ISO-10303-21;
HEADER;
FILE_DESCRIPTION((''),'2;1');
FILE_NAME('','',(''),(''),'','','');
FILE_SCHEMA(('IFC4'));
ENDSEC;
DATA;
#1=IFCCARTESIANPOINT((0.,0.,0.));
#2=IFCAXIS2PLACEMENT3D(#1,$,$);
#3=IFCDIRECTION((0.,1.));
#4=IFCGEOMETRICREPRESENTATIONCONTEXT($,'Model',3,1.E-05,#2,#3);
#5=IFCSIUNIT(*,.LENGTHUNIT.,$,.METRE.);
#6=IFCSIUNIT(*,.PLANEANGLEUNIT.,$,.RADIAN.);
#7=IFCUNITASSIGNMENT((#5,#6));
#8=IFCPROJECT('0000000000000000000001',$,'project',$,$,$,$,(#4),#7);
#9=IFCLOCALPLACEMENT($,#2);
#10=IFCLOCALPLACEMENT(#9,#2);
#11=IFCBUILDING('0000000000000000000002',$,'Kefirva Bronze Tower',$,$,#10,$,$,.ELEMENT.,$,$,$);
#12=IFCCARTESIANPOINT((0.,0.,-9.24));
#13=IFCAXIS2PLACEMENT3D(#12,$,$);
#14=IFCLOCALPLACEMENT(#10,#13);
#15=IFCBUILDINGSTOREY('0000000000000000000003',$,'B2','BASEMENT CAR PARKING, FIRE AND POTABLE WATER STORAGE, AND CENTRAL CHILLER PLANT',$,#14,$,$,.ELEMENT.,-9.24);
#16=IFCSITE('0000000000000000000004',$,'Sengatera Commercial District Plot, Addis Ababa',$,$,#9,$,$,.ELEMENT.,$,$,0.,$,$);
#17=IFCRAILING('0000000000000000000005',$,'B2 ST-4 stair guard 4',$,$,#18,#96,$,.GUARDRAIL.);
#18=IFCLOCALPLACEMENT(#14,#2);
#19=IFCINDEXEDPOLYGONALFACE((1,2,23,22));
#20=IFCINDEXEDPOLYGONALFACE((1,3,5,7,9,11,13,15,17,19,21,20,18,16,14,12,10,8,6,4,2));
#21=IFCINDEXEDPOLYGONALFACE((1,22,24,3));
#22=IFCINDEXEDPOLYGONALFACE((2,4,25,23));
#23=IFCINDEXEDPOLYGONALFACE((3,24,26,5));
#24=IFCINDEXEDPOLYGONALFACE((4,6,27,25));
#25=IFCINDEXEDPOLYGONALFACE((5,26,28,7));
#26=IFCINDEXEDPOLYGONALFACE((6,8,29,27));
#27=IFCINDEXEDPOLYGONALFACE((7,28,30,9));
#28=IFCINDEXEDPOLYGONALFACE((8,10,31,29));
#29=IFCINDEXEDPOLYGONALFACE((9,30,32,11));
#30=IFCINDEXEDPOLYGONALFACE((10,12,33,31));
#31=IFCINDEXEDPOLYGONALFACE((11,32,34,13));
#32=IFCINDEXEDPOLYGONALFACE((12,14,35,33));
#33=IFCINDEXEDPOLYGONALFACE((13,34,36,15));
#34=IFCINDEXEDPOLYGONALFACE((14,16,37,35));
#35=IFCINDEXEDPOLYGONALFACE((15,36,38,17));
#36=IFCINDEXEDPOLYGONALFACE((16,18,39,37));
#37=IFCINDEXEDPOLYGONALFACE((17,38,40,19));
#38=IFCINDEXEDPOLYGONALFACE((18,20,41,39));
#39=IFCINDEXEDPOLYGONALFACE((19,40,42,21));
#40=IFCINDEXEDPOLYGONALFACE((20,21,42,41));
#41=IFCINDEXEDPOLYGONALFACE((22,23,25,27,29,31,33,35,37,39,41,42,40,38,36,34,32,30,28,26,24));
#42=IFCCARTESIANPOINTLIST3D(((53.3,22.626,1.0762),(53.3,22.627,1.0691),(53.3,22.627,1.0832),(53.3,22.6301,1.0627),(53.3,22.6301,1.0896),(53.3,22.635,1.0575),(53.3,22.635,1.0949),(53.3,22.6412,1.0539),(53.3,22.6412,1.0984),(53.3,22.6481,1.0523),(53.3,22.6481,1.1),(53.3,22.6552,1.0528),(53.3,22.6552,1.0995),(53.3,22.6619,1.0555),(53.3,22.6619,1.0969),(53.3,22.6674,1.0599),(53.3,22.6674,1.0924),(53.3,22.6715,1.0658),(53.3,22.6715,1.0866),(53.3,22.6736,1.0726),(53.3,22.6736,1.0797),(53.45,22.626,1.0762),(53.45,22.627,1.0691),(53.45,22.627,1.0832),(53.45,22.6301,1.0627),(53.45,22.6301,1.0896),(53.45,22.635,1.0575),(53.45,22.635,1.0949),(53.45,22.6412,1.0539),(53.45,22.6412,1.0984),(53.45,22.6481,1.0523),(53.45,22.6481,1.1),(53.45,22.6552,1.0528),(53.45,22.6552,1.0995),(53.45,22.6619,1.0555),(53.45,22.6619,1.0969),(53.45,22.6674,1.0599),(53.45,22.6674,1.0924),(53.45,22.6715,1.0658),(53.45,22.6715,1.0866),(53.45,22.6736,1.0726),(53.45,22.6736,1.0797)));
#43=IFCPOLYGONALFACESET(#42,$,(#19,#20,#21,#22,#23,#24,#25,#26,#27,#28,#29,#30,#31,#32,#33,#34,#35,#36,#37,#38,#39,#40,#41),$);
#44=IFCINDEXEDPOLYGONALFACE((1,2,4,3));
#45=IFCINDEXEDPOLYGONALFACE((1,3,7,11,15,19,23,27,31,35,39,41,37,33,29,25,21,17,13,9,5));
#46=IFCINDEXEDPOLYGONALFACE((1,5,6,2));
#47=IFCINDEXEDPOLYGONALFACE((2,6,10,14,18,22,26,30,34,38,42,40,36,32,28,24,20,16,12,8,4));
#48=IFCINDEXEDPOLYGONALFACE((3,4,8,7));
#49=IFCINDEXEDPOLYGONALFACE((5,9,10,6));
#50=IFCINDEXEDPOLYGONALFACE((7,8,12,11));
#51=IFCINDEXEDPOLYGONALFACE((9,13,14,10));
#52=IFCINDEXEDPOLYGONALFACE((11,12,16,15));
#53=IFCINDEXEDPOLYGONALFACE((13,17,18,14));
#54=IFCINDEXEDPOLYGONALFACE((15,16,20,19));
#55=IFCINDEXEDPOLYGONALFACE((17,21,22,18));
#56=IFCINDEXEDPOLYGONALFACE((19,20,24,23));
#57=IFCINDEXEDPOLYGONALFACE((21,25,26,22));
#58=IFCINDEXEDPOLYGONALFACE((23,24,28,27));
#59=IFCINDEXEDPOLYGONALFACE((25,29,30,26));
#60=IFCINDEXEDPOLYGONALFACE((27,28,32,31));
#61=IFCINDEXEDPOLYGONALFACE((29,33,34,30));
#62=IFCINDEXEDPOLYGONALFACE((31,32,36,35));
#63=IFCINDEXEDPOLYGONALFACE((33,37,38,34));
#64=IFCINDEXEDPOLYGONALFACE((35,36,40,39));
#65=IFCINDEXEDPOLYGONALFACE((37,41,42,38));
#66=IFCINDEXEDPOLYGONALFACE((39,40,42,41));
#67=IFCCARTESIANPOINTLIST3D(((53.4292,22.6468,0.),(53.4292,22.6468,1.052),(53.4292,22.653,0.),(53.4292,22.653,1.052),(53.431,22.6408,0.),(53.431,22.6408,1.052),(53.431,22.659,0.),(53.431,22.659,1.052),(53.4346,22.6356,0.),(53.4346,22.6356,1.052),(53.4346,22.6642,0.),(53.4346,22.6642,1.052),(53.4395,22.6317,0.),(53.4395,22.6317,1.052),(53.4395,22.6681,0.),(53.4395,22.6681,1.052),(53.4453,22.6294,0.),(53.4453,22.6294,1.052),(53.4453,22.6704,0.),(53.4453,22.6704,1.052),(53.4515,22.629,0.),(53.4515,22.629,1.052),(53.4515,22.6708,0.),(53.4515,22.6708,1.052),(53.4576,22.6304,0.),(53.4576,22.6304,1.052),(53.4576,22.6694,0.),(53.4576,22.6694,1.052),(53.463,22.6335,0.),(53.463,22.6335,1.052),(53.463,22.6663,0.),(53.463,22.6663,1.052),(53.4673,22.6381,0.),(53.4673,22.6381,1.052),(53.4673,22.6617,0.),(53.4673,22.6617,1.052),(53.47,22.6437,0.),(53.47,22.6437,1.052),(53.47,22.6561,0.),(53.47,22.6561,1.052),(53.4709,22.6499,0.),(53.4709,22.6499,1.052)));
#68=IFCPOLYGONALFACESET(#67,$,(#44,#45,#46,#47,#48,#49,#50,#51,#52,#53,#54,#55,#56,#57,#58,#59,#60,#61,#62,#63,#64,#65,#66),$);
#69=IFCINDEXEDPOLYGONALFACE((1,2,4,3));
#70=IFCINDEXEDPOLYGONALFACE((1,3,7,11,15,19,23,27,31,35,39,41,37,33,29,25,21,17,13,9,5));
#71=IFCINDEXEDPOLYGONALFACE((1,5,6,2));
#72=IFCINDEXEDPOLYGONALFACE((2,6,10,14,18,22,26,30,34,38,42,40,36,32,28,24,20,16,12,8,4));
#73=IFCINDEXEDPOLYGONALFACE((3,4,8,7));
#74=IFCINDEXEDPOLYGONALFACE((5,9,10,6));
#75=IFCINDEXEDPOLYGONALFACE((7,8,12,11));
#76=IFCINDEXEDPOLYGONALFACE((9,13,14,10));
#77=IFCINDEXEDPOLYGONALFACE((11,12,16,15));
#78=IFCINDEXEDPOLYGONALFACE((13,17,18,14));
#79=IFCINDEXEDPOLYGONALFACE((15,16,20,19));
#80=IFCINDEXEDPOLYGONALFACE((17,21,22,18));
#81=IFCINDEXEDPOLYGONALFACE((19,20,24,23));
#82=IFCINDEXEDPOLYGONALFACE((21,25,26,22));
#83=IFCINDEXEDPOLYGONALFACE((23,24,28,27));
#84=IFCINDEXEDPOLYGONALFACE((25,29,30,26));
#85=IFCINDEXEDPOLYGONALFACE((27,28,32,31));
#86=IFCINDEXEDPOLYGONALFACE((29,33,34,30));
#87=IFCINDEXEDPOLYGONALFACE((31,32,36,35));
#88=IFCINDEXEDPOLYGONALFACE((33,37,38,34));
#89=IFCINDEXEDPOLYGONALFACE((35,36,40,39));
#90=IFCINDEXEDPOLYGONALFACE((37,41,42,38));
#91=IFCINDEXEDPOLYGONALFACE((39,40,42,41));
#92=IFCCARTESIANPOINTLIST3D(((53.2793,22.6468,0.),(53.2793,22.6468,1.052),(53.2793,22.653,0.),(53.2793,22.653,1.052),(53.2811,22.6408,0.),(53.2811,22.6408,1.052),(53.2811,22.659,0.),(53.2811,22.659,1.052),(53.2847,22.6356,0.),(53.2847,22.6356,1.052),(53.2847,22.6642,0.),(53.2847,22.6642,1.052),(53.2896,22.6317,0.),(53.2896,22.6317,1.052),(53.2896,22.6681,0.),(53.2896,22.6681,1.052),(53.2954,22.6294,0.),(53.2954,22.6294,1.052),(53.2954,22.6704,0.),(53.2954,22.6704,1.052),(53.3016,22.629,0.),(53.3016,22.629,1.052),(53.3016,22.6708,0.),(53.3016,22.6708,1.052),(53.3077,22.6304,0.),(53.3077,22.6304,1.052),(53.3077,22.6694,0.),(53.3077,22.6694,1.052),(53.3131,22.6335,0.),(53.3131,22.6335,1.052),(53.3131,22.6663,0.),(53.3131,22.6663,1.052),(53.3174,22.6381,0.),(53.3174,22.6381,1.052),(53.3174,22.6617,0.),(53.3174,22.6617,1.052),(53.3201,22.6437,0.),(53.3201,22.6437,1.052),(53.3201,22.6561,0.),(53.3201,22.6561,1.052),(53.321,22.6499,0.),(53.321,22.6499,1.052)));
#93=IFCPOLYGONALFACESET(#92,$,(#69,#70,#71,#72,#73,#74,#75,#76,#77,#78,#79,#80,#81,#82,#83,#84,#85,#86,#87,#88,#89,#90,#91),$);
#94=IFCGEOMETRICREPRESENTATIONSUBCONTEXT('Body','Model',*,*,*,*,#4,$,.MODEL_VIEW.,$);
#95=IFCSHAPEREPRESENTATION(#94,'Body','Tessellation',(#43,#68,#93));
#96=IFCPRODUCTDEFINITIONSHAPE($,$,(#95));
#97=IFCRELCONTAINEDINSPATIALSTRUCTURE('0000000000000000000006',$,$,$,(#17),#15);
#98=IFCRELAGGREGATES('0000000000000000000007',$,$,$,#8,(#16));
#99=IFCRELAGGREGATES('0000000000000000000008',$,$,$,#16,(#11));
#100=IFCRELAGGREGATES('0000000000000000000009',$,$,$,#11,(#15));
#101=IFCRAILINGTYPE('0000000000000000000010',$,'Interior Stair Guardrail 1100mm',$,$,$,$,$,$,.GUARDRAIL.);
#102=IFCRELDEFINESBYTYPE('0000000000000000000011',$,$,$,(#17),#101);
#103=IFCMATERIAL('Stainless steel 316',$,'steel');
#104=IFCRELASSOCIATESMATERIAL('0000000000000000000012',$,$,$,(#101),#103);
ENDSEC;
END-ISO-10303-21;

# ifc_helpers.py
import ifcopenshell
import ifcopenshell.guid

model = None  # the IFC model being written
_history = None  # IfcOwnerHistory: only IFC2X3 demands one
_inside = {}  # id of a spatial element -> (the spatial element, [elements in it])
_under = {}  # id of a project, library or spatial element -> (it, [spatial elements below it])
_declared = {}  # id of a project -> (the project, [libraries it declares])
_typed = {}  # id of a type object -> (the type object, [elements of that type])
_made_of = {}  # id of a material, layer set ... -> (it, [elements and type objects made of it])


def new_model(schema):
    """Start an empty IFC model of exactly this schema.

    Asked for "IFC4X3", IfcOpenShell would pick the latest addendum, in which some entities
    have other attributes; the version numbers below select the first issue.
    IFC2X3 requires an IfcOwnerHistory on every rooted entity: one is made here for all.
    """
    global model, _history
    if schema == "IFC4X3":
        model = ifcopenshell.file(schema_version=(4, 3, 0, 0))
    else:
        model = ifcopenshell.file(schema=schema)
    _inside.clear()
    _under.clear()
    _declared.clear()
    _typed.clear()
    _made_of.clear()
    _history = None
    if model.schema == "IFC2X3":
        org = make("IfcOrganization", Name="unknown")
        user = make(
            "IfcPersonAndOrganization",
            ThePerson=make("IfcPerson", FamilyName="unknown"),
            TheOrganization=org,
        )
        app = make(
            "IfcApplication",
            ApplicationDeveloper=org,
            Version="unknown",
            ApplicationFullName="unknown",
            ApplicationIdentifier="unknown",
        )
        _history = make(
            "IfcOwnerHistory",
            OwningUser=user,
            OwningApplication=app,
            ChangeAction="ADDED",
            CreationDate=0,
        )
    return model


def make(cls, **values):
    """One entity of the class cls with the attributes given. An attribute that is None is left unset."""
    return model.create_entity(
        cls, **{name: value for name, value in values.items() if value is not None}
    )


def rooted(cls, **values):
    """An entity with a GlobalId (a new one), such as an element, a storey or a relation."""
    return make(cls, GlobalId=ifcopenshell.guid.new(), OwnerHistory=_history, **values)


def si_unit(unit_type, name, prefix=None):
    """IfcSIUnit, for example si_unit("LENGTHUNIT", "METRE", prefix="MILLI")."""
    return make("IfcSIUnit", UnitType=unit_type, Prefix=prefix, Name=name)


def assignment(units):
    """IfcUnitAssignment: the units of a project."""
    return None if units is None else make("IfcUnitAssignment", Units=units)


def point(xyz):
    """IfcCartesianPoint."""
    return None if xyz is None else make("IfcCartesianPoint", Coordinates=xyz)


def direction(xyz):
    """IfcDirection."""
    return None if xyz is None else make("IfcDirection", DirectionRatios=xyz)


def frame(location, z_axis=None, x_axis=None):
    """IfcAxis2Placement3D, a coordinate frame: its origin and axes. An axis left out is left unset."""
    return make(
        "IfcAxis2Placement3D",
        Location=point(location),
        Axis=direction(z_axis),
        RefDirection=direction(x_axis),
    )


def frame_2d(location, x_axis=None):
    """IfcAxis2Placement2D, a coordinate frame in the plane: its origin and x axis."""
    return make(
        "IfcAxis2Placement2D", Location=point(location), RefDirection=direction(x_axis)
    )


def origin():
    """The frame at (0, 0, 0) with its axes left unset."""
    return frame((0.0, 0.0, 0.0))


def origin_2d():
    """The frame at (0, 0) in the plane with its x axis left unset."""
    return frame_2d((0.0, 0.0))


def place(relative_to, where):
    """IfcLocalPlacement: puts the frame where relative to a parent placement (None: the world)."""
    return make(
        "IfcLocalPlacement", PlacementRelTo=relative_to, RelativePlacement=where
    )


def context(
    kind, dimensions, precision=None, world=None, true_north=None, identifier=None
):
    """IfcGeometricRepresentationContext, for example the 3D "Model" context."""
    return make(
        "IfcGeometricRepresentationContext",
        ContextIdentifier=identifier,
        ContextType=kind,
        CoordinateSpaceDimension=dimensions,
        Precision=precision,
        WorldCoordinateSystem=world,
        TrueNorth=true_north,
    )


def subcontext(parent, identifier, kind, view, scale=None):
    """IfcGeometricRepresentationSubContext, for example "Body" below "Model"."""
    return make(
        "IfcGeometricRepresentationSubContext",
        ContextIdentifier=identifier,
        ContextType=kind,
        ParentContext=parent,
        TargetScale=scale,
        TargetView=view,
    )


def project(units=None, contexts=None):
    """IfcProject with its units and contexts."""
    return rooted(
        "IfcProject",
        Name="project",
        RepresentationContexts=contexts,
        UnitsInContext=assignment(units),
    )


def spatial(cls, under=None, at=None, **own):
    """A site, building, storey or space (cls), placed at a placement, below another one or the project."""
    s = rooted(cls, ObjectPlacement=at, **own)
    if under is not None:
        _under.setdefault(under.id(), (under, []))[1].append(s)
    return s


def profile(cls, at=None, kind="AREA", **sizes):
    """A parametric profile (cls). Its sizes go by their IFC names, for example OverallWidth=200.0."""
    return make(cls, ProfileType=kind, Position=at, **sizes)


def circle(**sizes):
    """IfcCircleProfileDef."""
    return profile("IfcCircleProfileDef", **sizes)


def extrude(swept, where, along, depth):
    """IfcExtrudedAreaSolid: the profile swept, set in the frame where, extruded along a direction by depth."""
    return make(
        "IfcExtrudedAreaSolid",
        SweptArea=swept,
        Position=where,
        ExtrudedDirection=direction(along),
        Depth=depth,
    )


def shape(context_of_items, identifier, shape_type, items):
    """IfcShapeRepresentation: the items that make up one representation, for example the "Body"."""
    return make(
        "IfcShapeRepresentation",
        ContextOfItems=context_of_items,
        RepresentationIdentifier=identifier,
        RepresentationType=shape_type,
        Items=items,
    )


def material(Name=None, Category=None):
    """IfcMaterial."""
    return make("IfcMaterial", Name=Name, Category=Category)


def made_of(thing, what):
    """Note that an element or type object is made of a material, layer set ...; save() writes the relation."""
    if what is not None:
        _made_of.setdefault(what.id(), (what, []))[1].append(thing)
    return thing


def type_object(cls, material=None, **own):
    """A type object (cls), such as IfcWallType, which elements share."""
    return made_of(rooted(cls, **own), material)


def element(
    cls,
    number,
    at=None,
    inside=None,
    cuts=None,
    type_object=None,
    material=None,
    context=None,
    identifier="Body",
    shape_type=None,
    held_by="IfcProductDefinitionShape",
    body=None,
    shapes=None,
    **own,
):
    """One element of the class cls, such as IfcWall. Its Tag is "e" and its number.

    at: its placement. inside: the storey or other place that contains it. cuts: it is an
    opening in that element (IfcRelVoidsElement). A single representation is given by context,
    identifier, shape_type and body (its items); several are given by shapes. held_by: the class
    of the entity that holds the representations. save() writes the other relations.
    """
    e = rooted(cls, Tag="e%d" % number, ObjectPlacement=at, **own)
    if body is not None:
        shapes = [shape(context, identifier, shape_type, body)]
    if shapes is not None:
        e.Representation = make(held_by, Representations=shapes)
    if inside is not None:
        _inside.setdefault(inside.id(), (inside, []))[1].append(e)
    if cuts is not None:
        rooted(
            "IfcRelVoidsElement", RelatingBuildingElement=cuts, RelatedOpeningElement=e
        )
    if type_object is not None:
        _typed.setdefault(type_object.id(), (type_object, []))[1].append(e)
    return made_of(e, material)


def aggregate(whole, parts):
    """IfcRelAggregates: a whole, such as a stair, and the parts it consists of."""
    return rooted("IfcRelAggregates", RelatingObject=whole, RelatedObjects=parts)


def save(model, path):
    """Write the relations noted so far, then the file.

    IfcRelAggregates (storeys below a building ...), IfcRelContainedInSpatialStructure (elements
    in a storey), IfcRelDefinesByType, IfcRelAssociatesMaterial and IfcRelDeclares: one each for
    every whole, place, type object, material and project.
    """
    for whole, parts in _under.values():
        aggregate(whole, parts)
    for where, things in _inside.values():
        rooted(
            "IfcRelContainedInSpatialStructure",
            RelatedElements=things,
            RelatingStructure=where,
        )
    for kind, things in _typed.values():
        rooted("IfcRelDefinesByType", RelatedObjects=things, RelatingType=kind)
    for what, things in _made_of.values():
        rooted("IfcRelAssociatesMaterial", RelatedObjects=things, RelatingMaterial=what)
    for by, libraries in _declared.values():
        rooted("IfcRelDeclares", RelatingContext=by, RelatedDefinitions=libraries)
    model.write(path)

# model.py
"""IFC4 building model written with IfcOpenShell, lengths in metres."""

from ifc_helpers import new_model, si_unit, direction, frame, origin, origin_2d, place, context, subcontext, project, spatial, circle, extrude, material, type_object, element, save


model = new_model("IFC4")

# Units and contexts
model_context = context("Model", 3, precision=1e-05, world=origin(), true_north=direction((0.0, 1.0)))
body_context = subcontext(model_context, "Body", "Model", "MODEL_VIEW")
ifc_project = project(units=[si_unit("LENGTHUNIT", "METRE"), si_unit("PLANEANGLEUNIT", "RADIAN")], contexts=[model_context])

# Site, building, storey
site_placement = place(None, origin())
site = spatial("IfcSite", under=ifc_project, at=site_placement, Name="Sengatera Commercial District Plot, Addis Ababa", CompositionType="ELEMENT", RefElevation=0.0)
building_placement = place(site_placement, origin())
building = spatial("IfcBuilding", under=site, at=building_placement, Name="Kefirva Bronze Tower", CompositionType="ELEMENT")
storey_placement = place(building_placement, frame((0.0, 0.0, -9.24)))
storey = spatial("IfcBuildingStorey", under=building, at=storey_placement, Name="B2", Description="BASEMENT CAR PARKING, FIRE AND POTABLE WATER STORAGE, AND CENTRAL CHILLER PLANT", CompositionType="ELEMENT", Elevation=-9.24)

# Railing
ifc_material_1 = material(Name="Stainless steel 316", Category="steel")
railing_type_1 = type_object("IfcRailingType", Name="Interior Stair Guardrail 1100mm", PredefinedType="GUARDRAIL", material=ifc_material_1)
railing_1_placement = place(storey_placement, frame((53.45, 22.6499, 0.0)))
element("IfcRailing", 1, at=railing_1_placement, inside=storey, type_object=railing_type_1, Name="B2 ST-4 stair guard 4", PredefinedType="GUARDRAIL", context=body_context, shape_type="SweptSolid", body=[
    extrude(circle(Radius=0.0239, at=origin_2d()), frame((0.0, 0.0, 1.0762), z_axis=(-1.0, 0.0, 0.0), x_axis=(0.0, -1.0, 0.0)), (0.0, 0.0, 1.0), 0.1499),
    extrude(circle(Radius=0.021, at=origin_2d()), origin(), (0.0, 0.0, 1.0), 1.052),
    extrude(circle(Radius=0.021, at=origin_2d()), frame((-0.1499, 0.0, 0.0)), (0.0, 0.0, 1.0), 1.052),
])

save(model, "model.ifc")
